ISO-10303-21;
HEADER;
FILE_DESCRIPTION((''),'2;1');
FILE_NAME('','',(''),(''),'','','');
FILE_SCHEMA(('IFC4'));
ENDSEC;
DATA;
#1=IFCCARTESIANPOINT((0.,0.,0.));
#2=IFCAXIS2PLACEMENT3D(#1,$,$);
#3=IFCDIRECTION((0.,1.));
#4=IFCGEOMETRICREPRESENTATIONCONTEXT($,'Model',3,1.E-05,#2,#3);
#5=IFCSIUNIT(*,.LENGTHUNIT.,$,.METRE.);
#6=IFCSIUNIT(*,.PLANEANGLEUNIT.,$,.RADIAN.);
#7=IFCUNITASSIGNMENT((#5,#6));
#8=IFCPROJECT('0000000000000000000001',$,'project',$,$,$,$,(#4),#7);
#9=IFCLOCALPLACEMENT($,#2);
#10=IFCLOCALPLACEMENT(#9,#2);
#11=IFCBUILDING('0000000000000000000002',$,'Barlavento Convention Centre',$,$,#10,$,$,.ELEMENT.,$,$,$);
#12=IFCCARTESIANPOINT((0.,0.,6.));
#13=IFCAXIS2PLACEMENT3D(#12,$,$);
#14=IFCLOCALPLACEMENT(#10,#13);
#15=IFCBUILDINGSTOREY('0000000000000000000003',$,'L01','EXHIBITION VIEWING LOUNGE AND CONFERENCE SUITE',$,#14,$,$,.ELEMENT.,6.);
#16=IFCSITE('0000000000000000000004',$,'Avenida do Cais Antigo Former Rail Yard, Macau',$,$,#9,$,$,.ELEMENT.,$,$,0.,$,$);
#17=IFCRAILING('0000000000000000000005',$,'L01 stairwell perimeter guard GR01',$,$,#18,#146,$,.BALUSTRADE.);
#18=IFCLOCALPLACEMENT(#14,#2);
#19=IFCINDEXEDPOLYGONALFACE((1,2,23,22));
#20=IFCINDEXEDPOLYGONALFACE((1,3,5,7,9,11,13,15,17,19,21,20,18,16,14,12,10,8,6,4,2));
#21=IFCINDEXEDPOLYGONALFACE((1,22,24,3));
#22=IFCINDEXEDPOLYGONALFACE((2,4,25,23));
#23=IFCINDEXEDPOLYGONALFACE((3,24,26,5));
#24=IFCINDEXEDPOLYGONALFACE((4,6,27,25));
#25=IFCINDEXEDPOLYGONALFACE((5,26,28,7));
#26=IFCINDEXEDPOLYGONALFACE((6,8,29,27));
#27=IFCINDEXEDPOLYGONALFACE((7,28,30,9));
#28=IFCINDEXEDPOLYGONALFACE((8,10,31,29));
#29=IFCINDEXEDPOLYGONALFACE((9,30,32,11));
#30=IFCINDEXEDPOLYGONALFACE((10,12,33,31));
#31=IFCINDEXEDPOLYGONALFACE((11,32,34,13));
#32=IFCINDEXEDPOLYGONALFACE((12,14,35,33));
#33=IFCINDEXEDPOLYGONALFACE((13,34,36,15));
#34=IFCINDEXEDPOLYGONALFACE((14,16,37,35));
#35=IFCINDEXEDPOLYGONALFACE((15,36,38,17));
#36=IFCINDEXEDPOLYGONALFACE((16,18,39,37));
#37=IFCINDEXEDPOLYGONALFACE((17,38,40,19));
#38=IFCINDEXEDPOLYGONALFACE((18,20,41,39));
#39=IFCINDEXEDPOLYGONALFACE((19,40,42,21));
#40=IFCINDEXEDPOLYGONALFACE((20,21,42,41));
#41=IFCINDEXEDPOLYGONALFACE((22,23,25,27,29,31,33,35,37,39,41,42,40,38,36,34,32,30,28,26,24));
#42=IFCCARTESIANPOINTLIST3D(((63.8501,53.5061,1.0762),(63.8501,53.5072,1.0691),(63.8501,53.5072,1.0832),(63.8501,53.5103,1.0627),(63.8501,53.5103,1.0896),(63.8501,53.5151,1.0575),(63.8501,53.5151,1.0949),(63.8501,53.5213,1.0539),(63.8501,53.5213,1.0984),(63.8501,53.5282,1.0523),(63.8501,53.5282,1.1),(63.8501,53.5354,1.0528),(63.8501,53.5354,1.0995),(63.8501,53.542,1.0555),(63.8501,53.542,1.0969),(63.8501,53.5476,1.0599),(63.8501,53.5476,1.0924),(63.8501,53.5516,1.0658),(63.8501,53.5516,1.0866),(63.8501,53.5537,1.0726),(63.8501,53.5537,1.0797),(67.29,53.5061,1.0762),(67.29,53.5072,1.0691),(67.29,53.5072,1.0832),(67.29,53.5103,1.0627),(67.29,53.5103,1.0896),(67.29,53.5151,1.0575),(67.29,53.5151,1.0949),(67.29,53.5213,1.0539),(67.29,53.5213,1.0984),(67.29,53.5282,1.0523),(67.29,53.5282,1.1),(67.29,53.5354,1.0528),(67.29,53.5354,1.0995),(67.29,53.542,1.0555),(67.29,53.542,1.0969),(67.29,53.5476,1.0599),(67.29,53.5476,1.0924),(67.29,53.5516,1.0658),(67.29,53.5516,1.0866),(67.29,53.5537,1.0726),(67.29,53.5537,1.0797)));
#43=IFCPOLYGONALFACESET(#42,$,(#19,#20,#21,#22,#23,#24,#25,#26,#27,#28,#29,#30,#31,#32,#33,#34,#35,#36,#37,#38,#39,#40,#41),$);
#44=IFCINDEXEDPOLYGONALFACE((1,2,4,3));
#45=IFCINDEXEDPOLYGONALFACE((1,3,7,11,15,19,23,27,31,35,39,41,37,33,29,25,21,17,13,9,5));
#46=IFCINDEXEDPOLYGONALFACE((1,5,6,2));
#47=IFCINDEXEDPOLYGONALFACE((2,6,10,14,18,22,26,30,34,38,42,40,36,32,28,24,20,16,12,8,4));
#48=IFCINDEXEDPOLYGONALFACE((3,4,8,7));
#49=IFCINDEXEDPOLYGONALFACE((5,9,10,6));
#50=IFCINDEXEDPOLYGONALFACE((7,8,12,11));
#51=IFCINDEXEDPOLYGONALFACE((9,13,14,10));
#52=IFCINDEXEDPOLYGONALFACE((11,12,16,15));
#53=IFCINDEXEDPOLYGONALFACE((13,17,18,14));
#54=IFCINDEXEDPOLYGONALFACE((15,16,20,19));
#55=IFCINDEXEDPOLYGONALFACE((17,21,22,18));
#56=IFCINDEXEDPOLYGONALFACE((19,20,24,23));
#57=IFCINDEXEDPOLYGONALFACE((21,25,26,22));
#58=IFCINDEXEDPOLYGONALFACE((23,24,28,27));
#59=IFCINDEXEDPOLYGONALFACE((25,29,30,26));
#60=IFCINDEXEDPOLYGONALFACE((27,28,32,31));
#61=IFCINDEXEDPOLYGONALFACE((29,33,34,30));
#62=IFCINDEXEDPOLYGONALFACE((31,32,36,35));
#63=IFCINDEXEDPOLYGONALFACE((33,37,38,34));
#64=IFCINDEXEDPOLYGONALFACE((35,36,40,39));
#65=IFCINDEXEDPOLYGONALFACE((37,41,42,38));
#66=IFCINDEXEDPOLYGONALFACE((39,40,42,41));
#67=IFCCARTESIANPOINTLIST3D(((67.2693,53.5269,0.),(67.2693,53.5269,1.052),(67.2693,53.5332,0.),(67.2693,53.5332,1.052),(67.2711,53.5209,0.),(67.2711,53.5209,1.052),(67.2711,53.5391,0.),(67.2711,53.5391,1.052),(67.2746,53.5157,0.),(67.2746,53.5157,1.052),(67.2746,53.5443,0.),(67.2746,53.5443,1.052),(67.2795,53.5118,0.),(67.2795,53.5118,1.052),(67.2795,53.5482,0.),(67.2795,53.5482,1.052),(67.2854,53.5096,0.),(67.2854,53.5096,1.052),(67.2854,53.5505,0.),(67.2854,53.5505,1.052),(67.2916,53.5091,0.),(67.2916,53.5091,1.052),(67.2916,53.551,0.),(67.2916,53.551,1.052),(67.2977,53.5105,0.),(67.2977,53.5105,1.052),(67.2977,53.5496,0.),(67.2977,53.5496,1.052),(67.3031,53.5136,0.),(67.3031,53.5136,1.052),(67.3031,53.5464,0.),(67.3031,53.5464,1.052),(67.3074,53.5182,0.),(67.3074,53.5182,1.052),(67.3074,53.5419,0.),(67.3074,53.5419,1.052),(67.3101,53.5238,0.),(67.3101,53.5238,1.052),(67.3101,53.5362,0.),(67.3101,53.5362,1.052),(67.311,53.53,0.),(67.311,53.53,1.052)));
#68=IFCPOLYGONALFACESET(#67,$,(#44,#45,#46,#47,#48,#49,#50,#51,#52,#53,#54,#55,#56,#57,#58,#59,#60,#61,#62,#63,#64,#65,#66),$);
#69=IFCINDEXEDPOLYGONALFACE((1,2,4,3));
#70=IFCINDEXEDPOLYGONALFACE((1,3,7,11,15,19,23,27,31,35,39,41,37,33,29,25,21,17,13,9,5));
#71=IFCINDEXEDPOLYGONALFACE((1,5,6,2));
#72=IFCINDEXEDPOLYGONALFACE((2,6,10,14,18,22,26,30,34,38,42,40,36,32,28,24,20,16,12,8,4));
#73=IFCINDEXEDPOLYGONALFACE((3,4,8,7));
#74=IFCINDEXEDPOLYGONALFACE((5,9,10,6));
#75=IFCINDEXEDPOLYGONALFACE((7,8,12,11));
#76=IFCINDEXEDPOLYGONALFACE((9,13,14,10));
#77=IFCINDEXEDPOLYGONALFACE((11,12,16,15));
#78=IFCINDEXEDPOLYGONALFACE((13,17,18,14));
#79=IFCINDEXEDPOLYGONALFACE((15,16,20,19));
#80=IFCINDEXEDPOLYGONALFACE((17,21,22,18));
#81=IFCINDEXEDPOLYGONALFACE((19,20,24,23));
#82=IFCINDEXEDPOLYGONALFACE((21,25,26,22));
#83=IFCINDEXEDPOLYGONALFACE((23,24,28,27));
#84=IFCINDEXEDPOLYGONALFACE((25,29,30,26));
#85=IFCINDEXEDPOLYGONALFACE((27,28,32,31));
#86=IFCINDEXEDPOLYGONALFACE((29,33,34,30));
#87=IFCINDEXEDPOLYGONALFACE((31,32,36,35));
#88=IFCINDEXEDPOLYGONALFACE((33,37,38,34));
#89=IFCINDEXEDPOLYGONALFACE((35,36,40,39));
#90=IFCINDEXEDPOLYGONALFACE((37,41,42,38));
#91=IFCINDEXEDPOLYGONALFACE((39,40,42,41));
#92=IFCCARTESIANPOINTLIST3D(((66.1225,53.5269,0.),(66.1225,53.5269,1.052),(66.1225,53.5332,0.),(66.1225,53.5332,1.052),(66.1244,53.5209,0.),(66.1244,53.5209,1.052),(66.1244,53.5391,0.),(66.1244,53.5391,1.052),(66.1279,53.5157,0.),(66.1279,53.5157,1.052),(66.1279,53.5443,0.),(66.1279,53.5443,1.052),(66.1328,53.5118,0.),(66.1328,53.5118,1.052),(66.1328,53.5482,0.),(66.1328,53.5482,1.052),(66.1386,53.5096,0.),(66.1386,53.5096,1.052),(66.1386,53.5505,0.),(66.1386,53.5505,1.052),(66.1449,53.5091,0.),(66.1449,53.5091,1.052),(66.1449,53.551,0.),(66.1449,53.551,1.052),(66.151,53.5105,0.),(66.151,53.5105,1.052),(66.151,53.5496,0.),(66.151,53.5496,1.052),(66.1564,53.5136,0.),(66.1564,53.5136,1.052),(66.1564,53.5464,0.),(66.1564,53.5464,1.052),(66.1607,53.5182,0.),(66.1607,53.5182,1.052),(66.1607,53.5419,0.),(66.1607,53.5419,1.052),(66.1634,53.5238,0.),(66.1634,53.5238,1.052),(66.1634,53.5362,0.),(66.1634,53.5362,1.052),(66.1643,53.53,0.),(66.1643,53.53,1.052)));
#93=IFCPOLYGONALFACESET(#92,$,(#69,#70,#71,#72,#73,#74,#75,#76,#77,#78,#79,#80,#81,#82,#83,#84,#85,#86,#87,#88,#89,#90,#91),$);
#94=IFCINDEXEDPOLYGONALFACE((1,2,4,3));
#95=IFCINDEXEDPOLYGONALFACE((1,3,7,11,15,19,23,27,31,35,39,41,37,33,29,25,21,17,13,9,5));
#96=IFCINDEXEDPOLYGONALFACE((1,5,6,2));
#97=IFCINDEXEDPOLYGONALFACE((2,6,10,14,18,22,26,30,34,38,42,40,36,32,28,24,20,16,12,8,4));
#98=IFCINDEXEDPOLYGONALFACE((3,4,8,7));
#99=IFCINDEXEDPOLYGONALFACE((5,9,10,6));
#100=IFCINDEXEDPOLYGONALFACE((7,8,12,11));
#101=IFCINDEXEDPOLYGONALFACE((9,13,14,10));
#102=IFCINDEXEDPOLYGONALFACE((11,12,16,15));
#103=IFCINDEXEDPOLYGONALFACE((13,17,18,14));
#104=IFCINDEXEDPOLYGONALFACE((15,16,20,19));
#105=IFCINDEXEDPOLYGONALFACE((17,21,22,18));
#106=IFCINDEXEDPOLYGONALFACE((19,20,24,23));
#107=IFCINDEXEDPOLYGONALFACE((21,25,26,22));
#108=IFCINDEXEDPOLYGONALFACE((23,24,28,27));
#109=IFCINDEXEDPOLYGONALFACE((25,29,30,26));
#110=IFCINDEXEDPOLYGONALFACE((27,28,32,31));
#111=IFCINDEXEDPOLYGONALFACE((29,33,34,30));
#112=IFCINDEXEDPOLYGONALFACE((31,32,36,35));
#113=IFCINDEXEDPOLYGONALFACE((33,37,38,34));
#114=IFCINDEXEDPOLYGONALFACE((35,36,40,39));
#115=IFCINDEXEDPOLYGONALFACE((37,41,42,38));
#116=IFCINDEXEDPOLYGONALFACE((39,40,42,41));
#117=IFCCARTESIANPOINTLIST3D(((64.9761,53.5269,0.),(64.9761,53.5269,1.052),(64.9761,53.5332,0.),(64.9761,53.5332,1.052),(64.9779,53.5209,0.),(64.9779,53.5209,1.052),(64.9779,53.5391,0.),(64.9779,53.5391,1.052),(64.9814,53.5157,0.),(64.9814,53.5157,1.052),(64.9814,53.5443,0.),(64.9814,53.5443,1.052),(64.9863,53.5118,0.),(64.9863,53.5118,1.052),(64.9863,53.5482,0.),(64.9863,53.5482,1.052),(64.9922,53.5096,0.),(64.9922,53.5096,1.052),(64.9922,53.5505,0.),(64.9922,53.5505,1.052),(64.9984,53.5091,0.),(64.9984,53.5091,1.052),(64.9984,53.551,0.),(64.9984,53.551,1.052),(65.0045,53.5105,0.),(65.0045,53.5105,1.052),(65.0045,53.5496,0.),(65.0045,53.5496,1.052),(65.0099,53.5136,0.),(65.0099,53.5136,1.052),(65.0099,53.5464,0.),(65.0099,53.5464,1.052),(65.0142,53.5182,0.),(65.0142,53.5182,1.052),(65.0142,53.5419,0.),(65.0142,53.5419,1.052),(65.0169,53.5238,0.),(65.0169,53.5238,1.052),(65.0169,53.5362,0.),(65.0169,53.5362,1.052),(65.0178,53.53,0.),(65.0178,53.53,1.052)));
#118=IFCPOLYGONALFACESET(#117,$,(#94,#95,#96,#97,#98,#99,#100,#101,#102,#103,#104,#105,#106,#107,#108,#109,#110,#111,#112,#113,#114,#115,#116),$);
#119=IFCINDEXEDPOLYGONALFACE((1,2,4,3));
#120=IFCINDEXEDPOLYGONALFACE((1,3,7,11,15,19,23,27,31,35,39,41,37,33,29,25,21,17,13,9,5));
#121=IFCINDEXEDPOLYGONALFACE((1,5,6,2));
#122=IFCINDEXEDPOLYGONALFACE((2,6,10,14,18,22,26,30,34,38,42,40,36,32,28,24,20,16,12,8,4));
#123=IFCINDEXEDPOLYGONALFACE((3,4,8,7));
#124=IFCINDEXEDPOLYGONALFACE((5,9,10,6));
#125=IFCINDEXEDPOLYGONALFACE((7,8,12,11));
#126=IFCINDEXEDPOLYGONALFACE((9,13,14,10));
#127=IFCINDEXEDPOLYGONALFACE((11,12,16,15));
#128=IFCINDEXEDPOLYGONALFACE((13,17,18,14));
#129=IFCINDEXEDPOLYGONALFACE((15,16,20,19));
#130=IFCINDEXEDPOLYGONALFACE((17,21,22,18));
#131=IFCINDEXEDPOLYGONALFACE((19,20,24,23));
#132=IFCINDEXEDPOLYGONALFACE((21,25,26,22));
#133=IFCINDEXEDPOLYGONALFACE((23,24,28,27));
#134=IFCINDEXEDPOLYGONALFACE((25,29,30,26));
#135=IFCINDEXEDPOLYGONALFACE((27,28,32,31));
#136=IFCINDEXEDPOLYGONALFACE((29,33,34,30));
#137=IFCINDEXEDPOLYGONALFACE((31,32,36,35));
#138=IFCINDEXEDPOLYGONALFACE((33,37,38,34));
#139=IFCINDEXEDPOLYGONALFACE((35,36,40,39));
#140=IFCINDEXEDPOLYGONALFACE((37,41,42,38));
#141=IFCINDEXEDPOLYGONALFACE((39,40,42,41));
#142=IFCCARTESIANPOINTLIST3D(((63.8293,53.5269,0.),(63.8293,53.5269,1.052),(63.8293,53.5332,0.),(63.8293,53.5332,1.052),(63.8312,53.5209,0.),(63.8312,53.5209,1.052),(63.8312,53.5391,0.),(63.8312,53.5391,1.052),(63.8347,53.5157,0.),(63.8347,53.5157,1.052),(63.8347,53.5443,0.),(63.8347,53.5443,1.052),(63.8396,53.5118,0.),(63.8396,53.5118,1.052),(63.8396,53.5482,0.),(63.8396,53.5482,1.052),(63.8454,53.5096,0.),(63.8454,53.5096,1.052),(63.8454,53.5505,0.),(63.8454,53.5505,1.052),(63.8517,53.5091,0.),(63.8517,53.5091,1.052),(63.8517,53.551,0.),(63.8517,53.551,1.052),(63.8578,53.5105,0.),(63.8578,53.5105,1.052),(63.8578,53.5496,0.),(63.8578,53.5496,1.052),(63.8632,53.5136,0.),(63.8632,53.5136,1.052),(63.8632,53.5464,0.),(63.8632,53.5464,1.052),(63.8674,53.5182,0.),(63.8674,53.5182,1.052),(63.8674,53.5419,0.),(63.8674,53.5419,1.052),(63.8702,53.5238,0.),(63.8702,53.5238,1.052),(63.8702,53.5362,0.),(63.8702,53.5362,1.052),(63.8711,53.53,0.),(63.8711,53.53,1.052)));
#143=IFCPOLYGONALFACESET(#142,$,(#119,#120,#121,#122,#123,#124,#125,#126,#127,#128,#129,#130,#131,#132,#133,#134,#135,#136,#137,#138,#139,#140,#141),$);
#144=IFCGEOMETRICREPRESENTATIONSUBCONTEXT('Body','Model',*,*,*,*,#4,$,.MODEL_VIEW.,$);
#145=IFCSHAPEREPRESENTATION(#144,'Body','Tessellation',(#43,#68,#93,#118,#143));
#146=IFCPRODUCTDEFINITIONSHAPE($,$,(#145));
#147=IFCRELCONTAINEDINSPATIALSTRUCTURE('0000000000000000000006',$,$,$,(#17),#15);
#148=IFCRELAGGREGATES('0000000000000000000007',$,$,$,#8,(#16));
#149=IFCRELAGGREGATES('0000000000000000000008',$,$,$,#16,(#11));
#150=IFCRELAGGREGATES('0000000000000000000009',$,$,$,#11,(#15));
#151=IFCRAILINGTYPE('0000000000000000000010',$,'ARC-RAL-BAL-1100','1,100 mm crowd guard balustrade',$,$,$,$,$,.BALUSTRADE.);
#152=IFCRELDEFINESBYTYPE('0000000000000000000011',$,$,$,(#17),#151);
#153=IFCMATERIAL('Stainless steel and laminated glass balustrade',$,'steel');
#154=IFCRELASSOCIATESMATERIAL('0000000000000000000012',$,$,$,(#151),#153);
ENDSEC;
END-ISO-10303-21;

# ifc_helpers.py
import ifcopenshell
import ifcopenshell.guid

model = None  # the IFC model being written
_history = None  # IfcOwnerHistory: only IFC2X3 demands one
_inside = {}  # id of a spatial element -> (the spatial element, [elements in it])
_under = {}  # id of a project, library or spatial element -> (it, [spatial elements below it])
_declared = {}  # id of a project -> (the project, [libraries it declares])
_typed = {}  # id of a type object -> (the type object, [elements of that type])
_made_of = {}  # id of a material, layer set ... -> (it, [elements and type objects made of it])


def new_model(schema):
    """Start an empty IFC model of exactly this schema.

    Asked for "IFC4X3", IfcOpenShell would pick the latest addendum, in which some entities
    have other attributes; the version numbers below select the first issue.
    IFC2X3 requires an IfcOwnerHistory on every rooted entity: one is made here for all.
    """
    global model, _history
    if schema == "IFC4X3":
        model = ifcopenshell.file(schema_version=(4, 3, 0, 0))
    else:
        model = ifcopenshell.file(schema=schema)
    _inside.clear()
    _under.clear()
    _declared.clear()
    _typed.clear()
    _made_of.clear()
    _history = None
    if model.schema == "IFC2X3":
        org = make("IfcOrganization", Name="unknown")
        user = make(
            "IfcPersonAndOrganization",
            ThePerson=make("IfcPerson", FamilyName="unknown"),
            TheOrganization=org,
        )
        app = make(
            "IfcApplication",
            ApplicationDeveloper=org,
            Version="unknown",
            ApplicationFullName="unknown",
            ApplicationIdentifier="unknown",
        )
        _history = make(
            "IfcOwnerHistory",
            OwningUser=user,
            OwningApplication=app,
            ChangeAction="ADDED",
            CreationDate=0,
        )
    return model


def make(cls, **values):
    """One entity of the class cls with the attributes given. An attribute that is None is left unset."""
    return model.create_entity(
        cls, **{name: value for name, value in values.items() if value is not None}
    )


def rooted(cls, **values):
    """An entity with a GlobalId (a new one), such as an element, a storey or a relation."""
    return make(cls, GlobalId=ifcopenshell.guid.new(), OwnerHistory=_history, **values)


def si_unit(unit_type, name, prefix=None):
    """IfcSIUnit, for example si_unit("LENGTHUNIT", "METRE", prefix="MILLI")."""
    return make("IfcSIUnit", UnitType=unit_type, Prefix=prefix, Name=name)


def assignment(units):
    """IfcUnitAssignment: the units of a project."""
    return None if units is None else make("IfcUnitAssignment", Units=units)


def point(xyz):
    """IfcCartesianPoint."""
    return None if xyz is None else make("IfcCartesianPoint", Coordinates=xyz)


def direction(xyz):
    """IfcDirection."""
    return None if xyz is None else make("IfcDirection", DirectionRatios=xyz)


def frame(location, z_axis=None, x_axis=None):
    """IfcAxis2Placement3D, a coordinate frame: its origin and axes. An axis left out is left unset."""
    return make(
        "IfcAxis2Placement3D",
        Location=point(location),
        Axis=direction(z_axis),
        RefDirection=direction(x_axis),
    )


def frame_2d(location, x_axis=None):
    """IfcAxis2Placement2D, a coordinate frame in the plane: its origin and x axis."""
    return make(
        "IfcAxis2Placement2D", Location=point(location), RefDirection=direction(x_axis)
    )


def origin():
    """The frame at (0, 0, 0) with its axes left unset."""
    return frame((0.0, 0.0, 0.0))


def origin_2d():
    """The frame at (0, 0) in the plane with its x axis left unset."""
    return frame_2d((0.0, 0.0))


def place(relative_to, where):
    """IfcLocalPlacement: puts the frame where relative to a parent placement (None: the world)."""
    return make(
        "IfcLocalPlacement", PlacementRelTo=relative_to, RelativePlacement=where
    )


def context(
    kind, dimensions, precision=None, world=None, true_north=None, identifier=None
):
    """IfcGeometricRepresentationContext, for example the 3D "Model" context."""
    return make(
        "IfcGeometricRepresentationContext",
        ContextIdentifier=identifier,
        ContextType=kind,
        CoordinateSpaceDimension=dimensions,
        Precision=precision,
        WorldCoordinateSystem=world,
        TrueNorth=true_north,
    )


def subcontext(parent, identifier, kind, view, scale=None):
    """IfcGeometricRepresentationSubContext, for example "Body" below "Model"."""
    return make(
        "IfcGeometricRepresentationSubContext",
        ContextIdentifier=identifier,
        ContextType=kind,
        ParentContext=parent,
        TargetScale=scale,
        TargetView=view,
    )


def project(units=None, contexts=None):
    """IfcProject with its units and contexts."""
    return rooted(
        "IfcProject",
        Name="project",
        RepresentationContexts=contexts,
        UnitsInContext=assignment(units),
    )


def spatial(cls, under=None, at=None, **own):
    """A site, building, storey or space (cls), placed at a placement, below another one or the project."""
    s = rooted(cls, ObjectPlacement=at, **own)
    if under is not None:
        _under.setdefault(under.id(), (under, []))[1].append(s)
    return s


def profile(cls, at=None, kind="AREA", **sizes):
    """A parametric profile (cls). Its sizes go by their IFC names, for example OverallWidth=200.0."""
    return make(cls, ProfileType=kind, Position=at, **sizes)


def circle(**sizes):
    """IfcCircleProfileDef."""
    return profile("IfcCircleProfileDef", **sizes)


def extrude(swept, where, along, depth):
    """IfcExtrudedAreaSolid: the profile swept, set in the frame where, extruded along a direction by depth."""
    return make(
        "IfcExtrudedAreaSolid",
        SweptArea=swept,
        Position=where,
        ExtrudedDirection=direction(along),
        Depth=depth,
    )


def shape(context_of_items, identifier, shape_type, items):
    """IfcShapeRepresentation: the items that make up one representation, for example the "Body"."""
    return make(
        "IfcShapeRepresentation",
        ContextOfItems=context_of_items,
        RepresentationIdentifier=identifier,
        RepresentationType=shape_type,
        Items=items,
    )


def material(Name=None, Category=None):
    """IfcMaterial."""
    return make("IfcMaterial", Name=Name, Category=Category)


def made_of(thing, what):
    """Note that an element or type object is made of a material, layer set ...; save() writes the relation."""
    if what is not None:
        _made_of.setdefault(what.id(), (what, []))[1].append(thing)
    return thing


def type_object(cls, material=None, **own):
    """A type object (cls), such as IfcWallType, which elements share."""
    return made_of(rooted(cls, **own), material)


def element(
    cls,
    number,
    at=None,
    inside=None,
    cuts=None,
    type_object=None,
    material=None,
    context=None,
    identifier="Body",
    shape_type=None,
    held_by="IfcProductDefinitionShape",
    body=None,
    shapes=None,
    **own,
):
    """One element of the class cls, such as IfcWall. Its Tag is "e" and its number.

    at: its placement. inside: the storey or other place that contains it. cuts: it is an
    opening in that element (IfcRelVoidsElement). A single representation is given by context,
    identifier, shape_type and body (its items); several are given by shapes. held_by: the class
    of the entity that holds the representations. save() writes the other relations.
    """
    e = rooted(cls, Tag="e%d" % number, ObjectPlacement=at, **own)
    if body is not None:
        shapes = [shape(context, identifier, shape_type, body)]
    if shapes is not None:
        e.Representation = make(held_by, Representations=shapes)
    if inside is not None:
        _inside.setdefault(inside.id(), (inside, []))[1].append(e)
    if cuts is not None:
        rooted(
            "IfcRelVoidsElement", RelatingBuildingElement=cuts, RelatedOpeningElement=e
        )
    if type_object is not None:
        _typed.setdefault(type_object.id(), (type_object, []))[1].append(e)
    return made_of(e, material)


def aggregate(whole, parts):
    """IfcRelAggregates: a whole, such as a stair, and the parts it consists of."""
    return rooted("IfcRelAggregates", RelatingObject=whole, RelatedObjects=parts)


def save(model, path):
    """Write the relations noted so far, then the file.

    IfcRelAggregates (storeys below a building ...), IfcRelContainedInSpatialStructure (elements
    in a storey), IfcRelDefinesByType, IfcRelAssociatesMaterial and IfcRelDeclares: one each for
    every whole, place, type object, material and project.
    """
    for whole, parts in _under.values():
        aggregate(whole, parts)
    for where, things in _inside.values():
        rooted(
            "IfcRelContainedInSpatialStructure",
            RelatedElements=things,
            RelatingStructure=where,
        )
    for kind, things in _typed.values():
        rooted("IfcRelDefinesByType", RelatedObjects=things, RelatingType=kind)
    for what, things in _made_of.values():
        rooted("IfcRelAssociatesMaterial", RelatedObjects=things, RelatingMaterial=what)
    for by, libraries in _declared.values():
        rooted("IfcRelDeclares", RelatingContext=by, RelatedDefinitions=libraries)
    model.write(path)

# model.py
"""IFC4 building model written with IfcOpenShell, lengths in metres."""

from ifc_helpers import new_model, si_unit, direction, frame, origin, origin_2d, place, context, subcontext, project, spatial, circle, extrude, material, type_object, element, save


model = new_model("IFC4")

# Units and contexts
model_context = context("Model", 3, precision=1e-05, world=origin(), true_north=direction((0.0, 1.0)))
body_context = subcontext(model_context, "Body", "Model", "MODEL_VIEW")
ifc_project = project(units=[si_unit("LENGTHUNIT", "METRE"), si_unit("PLANEANGLEUNIT", "RADIAN")], contexts=[model_context])

# Site, building, storey
site_placement = place(None, origin())
site = spatial("IfcSite", under=ifc_project, at=site_placement, Name="Avenida do Cais Antigo Former Rail Yard, Macau", CompositionType="ELEMENT", RefElevation=0.0)
building_placement = place(site_placement, origin())
building = spatial("IfcBuilding", under=site, at=building_placement, Name="Barlavento Convention Centre", CompositionType="ELEMENT")
storey_placement = place(building_placement, frame((0.0, 0.0, 6.0)))
storey = spatial("IfcBuildingStorey", under=building, at=storey_placement, Name="L01", Description="EXHIBITION VIEWING LOUNGE AND CONFERENCE SUITE", CompositionType="ELEMENT", Elevation=6.0)

# Railing
ifc_material_1 = material(Name="Stainless steel and laminated glass balustrade", Category="steel")
railing_type_1 = type_object("IfcRailingType", Name="ARC-RAL-BAL-1100", Description="1,100 mm crowd guard balustrade", PredefinedType="BALUSTRADE", material=ifc_material_1)
railing_1_placement = place(storey_placement, frame((67.29, 53.53, 0.0)))
element("IfcRailing", 1, at=railing_1_placement, inside=storey, type_object=railing_type_1, Name="L01 stairwell perimeter guard GR01", PredefinedType="BALUSTRADE", context=body_context, shape_type="SweptSolid", body=[
    extrude(circle(Radius=0.0239, at=origin_2d()), frame((0.0, 0.0, 1.0762), z_axis=(-1.0, 0.0, 0.0), x_axis=(0.0, -1.0, 0.0)), (0.0, 0.0, 1.0), 3.4399),
    extrude(circle(Radius=0.021, at=origin_2d()), origin(), (0.0, 0.0, 1.0), 1.052),
    extrude(circle(Radius=0.021, at=origin_2d()), frame((-1.1467, 0.0, 0.0)), (0.0, 0.0, 1.0), 1.052),
    extrude(circle(Radius=0.021, at=origin_2d()), frame((-2.2932, 0.0, 0.0)), (0.0, 0.0, 1.0), 1.052),
    extrude(circle(Radius=0.021, at=origin_2d()), frame((-3.4399, 0.0, 0.0)), (0.0, 0.0, 1.0), 1.052),
])

save(model, "model.ifc")
